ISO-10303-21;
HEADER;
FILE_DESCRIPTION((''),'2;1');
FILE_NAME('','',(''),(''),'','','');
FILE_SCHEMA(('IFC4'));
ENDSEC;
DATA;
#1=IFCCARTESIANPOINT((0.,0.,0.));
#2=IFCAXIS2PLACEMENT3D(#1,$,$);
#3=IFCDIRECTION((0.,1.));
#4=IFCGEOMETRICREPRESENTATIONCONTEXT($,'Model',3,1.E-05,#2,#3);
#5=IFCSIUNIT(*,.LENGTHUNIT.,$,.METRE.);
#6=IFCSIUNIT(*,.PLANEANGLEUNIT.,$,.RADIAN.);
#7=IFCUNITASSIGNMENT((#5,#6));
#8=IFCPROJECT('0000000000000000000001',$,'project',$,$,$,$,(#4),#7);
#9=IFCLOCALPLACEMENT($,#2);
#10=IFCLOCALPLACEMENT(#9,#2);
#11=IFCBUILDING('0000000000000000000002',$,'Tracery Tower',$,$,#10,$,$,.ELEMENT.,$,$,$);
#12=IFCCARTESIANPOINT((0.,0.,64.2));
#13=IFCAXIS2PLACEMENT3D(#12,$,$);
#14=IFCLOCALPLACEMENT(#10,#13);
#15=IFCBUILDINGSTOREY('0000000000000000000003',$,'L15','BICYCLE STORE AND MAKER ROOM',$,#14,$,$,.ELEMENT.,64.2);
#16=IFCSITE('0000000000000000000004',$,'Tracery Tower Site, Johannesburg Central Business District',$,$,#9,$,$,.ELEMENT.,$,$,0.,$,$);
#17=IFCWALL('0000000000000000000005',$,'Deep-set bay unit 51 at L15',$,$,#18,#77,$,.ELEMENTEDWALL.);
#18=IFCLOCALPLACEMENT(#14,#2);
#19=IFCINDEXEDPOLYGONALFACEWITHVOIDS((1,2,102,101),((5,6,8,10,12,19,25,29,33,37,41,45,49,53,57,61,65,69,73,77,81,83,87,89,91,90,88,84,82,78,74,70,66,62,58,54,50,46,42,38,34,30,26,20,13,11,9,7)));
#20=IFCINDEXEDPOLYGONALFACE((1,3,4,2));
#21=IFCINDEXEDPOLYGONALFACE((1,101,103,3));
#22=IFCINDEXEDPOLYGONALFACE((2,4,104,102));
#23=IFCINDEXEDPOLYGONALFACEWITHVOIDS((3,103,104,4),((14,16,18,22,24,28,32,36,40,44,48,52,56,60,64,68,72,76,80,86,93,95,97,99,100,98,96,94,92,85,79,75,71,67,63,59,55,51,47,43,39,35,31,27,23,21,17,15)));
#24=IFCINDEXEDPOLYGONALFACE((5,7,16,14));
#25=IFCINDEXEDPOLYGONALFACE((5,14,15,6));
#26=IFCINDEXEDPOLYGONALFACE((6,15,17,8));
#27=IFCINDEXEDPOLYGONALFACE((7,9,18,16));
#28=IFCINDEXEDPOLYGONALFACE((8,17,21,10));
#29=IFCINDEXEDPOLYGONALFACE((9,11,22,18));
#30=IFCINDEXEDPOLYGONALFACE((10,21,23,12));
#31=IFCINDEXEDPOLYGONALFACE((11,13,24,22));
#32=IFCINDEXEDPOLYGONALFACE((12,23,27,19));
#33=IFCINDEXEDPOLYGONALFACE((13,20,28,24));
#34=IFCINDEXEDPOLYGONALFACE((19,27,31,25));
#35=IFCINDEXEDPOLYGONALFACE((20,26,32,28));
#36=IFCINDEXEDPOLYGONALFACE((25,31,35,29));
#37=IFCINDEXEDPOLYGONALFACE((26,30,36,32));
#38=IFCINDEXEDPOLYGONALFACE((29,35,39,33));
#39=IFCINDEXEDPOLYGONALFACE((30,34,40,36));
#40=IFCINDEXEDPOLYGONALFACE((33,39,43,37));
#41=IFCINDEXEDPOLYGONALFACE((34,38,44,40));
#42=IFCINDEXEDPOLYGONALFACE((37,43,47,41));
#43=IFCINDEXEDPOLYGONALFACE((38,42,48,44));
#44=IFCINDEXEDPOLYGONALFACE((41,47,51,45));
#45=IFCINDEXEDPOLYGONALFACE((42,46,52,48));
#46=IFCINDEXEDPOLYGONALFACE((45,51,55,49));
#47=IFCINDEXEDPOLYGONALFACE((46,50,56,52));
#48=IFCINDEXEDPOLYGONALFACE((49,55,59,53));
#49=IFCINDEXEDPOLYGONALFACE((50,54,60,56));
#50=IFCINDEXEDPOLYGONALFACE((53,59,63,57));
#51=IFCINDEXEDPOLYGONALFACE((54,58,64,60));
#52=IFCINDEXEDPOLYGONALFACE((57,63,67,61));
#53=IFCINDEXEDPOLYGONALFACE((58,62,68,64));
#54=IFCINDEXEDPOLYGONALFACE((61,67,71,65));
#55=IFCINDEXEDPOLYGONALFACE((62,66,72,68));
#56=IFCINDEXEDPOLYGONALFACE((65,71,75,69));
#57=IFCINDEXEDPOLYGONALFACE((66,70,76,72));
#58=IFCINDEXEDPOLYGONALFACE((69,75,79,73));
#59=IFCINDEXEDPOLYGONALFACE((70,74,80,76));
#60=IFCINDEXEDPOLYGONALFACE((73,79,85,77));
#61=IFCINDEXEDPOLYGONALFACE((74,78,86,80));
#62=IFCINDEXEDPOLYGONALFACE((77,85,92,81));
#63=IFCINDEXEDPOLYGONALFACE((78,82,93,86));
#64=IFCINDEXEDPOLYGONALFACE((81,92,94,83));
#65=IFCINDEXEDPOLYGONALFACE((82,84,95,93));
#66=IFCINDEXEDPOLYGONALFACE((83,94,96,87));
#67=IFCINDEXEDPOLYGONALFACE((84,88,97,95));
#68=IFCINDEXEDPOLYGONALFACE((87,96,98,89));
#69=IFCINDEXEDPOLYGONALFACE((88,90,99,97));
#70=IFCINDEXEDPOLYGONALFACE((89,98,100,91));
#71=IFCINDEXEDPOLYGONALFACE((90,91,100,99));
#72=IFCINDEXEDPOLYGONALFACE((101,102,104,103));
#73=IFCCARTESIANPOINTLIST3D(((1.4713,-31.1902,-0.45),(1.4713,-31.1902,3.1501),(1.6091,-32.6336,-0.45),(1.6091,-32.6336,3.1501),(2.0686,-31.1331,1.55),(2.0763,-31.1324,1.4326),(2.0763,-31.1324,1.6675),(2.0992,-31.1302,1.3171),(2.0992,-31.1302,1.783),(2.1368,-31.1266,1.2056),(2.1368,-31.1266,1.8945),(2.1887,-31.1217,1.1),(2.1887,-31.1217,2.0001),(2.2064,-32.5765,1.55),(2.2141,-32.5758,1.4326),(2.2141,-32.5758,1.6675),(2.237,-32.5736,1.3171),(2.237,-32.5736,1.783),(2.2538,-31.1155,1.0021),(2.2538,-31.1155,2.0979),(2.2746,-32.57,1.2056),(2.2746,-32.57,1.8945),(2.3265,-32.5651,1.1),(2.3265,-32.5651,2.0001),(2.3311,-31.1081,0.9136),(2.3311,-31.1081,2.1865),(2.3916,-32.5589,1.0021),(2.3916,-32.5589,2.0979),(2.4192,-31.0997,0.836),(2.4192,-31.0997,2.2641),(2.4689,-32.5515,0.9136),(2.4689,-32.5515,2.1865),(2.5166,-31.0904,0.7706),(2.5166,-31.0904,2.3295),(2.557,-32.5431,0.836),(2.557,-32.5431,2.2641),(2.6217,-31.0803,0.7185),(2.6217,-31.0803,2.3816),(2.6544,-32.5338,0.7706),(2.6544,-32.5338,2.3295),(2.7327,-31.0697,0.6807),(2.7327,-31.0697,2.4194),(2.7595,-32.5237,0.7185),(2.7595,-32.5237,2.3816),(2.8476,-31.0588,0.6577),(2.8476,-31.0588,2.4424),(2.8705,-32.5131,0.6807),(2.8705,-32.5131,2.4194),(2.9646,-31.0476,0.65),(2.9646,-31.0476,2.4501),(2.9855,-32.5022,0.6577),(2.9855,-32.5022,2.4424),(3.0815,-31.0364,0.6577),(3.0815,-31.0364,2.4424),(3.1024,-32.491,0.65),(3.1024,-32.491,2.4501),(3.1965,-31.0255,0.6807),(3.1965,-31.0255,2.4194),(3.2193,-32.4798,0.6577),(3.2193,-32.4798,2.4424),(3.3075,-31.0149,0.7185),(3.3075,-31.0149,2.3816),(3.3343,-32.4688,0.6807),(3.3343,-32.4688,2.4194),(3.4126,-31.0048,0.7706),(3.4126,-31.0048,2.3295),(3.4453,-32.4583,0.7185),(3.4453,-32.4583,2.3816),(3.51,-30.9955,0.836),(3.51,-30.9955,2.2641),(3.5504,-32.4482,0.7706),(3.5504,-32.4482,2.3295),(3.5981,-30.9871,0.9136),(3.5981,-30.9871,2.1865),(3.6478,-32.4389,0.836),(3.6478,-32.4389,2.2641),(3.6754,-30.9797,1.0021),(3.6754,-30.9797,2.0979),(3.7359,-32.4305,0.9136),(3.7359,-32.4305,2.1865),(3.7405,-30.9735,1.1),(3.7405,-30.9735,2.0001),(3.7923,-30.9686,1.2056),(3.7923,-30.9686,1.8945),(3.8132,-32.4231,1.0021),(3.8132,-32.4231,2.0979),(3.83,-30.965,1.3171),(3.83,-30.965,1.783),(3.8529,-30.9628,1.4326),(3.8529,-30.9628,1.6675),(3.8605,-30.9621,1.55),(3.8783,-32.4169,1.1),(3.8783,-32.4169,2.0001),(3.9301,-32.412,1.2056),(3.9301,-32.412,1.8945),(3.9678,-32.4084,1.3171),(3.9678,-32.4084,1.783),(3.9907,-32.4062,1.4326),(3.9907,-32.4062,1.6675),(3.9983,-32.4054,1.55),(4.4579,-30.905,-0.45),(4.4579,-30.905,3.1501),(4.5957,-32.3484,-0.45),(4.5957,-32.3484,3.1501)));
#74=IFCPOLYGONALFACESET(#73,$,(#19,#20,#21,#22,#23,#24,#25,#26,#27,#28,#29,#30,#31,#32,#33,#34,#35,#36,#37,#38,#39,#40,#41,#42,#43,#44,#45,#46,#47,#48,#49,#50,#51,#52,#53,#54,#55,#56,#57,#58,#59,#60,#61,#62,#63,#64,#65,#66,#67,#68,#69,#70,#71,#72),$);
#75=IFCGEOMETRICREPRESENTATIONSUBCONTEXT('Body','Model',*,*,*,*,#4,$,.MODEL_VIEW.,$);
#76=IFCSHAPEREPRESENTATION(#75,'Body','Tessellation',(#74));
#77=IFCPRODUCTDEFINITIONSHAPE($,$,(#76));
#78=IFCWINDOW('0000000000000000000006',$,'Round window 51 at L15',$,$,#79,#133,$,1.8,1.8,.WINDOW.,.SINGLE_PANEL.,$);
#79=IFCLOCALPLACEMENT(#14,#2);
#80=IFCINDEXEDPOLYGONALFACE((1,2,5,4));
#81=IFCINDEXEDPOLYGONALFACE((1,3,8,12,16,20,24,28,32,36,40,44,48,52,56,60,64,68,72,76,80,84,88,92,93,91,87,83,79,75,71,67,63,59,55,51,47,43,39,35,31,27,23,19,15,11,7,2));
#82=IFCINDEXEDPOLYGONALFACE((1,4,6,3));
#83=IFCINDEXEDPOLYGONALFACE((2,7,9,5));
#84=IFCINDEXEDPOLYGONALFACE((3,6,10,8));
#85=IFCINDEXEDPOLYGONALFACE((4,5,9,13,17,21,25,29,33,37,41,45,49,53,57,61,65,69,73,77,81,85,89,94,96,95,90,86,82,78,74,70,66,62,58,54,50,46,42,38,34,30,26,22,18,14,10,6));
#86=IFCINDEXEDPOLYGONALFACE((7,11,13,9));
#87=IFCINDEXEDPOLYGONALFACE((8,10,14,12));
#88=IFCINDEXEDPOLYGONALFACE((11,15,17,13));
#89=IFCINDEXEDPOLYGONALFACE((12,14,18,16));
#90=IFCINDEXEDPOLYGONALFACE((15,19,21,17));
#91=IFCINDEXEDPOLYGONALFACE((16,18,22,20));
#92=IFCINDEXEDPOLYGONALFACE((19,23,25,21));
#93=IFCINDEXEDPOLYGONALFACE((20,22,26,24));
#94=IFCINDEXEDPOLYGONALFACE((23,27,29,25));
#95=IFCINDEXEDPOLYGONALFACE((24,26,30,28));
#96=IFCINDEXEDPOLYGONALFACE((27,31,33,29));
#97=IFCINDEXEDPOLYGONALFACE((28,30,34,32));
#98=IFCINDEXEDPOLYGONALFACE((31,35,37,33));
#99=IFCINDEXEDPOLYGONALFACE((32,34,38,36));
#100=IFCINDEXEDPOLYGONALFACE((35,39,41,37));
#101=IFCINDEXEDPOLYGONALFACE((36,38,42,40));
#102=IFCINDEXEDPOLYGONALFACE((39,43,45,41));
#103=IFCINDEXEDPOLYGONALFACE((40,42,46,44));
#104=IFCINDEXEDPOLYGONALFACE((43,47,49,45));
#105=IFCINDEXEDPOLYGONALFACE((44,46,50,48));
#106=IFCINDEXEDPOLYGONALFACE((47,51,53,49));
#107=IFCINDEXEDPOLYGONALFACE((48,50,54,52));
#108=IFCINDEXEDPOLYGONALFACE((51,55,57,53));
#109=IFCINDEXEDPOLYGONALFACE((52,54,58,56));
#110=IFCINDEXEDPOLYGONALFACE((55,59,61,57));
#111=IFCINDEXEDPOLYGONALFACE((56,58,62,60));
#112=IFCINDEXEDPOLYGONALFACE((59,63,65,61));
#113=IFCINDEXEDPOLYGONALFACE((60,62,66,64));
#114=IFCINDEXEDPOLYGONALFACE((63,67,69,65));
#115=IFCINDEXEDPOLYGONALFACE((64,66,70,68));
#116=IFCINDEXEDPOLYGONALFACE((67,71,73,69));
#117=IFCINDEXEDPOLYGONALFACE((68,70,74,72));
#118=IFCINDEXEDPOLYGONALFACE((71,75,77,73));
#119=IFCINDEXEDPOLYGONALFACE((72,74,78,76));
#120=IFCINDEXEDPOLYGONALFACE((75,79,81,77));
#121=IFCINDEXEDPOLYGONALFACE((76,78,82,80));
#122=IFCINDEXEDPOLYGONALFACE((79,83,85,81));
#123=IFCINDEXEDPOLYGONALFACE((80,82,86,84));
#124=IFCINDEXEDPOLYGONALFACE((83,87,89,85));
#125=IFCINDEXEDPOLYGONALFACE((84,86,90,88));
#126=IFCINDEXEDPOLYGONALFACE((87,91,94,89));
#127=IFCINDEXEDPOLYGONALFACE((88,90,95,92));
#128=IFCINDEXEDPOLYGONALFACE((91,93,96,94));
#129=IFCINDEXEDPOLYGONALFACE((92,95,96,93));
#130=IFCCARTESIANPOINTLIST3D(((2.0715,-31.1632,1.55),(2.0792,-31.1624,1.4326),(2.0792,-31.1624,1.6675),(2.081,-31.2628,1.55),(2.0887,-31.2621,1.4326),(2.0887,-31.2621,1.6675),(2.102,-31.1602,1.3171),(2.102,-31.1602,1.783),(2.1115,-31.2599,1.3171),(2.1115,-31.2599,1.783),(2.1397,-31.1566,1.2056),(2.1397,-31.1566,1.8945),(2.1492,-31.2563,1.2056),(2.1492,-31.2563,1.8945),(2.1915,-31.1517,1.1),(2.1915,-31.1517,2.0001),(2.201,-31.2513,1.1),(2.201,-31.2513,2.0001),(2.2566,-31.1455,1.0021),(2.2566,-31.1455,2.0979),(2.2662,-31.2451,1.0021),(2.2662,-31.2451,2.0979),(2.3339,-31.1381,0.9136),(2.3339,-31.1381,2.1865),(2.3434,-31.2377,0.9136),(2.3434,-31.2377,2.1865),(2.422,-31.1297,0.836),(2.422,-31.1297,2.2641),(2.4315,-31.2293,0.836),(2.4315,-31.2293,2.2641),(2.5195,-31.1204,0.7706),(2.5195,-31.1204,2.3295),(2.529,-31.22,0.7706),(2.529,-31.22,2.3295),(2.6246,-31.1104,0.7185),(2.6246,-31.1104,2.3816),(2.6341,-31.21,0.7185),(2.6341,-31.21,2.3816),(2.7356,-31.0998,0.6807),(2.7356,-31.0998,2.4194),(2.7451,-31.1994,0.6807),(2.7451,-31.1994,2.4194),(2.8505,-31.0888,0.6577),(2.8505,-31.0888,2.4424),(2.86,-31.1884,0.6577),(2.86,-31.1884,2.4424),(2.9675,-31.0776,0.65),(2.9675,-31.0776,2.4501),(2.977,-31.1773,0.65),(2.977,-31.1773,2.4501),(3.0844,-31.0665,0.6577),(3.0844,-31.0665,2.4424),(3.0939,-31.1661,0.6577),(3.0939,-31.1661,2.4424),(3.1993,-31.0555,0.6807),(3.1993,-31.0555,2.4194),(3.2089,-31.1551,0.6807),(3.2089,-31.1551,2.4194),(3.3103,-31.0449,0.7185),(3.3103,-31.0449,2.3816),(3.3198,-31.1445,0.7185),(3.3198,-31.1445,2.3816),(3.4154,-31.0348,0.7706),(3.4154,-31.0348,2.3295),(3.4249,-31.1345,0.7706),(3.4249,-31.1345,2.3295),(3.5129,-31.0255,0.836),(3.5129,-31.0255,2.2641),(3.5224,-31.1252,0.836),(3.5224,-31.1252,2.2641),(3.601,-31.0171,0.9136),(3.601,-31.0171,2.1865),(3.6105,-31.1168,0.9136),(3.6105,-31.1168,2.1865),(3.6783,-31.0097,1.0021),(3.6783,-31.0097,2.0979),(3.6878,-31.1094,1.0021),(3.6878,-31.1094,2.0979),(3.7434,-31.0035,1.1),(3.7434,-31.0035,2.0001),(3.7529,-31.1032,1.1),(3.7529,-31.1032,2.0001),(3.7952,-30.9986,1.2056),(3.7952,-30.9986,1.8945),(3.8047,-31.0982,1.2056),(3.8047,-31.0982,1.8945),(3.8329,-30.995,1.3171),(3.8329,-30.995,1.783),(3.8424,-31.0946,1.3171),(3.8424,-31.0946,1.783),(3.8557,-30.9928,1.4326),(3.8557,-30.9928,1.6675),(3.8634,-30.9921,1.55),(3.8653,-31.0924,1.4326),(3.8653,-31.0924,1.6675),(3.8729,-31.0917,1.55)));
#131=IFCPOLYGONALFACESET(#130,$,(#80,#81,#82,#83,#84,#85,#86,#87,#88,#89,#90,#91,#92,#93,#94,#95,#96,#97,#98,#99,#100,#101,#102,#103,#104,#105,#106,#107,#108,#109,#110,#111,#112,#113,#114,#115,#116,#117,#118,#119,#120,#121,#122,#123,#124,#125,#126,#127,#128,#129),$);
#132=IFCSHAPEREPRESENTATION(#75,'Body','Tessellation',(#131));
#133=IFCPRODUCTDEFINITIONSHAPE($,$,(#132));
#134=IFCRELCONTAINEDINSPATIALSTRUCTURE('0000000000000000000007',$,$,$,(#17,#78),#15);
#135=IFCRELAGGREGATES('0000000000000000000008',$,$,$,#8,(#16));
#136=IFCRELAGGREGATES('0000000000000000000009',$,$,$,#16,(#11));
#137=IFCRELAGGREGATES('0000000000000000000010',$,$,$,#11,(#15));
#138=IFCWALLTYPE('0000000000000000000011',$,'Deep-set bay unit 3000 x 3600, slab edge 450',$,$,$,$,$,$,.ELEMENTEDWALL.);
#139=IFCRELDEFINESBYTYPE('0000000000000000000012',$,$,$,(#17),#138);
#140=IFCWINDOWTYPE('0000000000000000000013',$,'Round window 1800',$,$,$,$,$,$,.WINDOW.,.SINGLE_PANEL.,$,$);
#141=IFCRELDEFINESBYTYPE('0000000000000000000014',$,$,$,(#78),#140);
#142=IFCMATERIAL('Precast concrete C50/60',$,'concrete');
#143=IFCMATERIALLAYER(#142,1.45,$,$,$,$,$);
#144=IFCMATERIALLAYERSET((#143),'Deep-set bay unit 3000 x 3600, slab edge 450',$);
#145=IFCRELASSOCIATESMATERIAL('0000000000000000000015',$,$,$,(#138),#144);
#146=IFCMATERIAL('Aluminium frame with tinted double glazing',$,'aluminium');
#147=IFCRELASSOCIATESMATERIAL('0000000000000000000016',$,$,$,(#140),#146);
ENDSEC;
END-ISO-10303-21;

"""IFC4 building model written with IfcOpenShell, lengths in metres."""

from ifc_helpers import new_model, si_unit, direction, frame, frame_2d, origin, origin_2d, place, context, subcontext, project, spatial, rectangle, circle, extrude, material, layer, layer_set, type_object, element, fill, save


model = new_model("IFC4")

# Units and contexts
model_context = context("Model", 3, precision=1e-05, world=origin(), true_north=direction((0.0, 1.0)))
body_context = subcontext(model_context, "Body", "Model", "MODEL_VIEW")
ifc_project = project(units=[si_unit("LENGTHUNIT", "METRE"), si_unit("PLANEANGLEUNIT", "RADIAN")], contexts=[model_context])

# Site, building, storey
site_placement = place(None, origin())
site = spatial("IfcSite", under=ifc_project, at=site_placement, Name="Tracery Tower Site, Johannesburg Central Business District", CompositionType="ELEMENT", RefElevation=0.0)
building_placement = place(site_placement, origin())
building = spatial("IfcBuilding", under=site, at=building_placement, Name="Tracery Tower", CompositionType="ELEMENT")
storey_placement = place(building_placement, frame((0.0, 0.0, 64.2)))
storey = spatial("IfcBuildingStorey", under=building, at=storey_placement, Name="L15", Description="BICYCLE STORE AND MAKER ROOM", CompositionType="ELEMENT", Elevation=64.2)

# Wall, opening, window
ifc_material_1 = material(Name="Precast concrete C50/60", Category="concrete")
ifc_layer_1 = layer(ifc_material_1, 1.45)
ifc_layer_set_1 = layer_set([ifc_layer_1], Name="Deep-set bay unit 3000 x 3600, slab edge 450")
wall_type_1 = type_object("IfcWallType", Name="Deep-set bay unit 3000 x 3600, slab edge 450", PredefinedType="ELEMENTEDWALL", material=ifc_layer_set_1)
wall_1_placement = place(storey_placement, frame((1.5403, -31.9119, -0.45), z_axis=(0.0, 0.0, 1.0), x_axis=(0.995473, 0.095047, 0.0)))
wall_1 = element("IfcWall", 1, at=wall_1_placement, inside=storey, type_object=wall_type_1, Name="Deep-set bay unit 51 at L15", PredefinedType="ELEMENTEDWALL", context=body_context, shape_type="SweptSolid", body=[
    extrude(rectangle(XDim=3.0002, YDim=1.45, at=frame_2d((1.5, 0.0))), origin(), (0.0, 0.0, 1.0), 3.6001),
])
opening_1_placement = place(wall_1_placement, frame((1.5, 0.0, 2.0)))
opening_1 = element("IfcOpeningElement", 2, at=opening_1_placement, cuts=wall_1, PredefinedType="OPENING", context=body_context, shape_type="SweptSolid", body=[
    extrude(circle(Radius=0.9, at=origin_2d()), frame((0.0, 0.7349, 0.0), z_axis=(0.0, -1.0, 0.0), x_axis=(1.0, 0.0, 0.0)), (0.0, 0.0, 1.0), 1.47),
])
ifc_material_2 = material(Name="Aluminium frame with tinted double glazing", Category="aluminium")
window_type = type_object("IfcWindowType", Name="Round window 1800", PartitioningType="SINGLE_PANEL", PredefinedType="WINDOW", material=ifc_material_2)
window_1_placement = place(opening_1_placement, origin())
window_1 = element("IfcWindow", 3, at=window_1_placement, inside=storey, type_object=window_type, Name="Round window 51 at L15", OverallHeight=1.8, OverallWidth=1.8, PartitioningType="SINGLE_PANEL", PredefinedType="WINDOW", context=body_context, shape_type="SweptSolid", body=[
    extrude(circle(Radius=0.9, at=origin_2d()), frame((0.0, 0.6948, 0.0), z_axis=(0.0, -1.0, 0.0), x_axis=(1.0, 0.0, 0.0)), (0.0, 0.0, 1.0), 0.1001),
])
fill(opening_1, window_1)

save(model, "model.ifc")
